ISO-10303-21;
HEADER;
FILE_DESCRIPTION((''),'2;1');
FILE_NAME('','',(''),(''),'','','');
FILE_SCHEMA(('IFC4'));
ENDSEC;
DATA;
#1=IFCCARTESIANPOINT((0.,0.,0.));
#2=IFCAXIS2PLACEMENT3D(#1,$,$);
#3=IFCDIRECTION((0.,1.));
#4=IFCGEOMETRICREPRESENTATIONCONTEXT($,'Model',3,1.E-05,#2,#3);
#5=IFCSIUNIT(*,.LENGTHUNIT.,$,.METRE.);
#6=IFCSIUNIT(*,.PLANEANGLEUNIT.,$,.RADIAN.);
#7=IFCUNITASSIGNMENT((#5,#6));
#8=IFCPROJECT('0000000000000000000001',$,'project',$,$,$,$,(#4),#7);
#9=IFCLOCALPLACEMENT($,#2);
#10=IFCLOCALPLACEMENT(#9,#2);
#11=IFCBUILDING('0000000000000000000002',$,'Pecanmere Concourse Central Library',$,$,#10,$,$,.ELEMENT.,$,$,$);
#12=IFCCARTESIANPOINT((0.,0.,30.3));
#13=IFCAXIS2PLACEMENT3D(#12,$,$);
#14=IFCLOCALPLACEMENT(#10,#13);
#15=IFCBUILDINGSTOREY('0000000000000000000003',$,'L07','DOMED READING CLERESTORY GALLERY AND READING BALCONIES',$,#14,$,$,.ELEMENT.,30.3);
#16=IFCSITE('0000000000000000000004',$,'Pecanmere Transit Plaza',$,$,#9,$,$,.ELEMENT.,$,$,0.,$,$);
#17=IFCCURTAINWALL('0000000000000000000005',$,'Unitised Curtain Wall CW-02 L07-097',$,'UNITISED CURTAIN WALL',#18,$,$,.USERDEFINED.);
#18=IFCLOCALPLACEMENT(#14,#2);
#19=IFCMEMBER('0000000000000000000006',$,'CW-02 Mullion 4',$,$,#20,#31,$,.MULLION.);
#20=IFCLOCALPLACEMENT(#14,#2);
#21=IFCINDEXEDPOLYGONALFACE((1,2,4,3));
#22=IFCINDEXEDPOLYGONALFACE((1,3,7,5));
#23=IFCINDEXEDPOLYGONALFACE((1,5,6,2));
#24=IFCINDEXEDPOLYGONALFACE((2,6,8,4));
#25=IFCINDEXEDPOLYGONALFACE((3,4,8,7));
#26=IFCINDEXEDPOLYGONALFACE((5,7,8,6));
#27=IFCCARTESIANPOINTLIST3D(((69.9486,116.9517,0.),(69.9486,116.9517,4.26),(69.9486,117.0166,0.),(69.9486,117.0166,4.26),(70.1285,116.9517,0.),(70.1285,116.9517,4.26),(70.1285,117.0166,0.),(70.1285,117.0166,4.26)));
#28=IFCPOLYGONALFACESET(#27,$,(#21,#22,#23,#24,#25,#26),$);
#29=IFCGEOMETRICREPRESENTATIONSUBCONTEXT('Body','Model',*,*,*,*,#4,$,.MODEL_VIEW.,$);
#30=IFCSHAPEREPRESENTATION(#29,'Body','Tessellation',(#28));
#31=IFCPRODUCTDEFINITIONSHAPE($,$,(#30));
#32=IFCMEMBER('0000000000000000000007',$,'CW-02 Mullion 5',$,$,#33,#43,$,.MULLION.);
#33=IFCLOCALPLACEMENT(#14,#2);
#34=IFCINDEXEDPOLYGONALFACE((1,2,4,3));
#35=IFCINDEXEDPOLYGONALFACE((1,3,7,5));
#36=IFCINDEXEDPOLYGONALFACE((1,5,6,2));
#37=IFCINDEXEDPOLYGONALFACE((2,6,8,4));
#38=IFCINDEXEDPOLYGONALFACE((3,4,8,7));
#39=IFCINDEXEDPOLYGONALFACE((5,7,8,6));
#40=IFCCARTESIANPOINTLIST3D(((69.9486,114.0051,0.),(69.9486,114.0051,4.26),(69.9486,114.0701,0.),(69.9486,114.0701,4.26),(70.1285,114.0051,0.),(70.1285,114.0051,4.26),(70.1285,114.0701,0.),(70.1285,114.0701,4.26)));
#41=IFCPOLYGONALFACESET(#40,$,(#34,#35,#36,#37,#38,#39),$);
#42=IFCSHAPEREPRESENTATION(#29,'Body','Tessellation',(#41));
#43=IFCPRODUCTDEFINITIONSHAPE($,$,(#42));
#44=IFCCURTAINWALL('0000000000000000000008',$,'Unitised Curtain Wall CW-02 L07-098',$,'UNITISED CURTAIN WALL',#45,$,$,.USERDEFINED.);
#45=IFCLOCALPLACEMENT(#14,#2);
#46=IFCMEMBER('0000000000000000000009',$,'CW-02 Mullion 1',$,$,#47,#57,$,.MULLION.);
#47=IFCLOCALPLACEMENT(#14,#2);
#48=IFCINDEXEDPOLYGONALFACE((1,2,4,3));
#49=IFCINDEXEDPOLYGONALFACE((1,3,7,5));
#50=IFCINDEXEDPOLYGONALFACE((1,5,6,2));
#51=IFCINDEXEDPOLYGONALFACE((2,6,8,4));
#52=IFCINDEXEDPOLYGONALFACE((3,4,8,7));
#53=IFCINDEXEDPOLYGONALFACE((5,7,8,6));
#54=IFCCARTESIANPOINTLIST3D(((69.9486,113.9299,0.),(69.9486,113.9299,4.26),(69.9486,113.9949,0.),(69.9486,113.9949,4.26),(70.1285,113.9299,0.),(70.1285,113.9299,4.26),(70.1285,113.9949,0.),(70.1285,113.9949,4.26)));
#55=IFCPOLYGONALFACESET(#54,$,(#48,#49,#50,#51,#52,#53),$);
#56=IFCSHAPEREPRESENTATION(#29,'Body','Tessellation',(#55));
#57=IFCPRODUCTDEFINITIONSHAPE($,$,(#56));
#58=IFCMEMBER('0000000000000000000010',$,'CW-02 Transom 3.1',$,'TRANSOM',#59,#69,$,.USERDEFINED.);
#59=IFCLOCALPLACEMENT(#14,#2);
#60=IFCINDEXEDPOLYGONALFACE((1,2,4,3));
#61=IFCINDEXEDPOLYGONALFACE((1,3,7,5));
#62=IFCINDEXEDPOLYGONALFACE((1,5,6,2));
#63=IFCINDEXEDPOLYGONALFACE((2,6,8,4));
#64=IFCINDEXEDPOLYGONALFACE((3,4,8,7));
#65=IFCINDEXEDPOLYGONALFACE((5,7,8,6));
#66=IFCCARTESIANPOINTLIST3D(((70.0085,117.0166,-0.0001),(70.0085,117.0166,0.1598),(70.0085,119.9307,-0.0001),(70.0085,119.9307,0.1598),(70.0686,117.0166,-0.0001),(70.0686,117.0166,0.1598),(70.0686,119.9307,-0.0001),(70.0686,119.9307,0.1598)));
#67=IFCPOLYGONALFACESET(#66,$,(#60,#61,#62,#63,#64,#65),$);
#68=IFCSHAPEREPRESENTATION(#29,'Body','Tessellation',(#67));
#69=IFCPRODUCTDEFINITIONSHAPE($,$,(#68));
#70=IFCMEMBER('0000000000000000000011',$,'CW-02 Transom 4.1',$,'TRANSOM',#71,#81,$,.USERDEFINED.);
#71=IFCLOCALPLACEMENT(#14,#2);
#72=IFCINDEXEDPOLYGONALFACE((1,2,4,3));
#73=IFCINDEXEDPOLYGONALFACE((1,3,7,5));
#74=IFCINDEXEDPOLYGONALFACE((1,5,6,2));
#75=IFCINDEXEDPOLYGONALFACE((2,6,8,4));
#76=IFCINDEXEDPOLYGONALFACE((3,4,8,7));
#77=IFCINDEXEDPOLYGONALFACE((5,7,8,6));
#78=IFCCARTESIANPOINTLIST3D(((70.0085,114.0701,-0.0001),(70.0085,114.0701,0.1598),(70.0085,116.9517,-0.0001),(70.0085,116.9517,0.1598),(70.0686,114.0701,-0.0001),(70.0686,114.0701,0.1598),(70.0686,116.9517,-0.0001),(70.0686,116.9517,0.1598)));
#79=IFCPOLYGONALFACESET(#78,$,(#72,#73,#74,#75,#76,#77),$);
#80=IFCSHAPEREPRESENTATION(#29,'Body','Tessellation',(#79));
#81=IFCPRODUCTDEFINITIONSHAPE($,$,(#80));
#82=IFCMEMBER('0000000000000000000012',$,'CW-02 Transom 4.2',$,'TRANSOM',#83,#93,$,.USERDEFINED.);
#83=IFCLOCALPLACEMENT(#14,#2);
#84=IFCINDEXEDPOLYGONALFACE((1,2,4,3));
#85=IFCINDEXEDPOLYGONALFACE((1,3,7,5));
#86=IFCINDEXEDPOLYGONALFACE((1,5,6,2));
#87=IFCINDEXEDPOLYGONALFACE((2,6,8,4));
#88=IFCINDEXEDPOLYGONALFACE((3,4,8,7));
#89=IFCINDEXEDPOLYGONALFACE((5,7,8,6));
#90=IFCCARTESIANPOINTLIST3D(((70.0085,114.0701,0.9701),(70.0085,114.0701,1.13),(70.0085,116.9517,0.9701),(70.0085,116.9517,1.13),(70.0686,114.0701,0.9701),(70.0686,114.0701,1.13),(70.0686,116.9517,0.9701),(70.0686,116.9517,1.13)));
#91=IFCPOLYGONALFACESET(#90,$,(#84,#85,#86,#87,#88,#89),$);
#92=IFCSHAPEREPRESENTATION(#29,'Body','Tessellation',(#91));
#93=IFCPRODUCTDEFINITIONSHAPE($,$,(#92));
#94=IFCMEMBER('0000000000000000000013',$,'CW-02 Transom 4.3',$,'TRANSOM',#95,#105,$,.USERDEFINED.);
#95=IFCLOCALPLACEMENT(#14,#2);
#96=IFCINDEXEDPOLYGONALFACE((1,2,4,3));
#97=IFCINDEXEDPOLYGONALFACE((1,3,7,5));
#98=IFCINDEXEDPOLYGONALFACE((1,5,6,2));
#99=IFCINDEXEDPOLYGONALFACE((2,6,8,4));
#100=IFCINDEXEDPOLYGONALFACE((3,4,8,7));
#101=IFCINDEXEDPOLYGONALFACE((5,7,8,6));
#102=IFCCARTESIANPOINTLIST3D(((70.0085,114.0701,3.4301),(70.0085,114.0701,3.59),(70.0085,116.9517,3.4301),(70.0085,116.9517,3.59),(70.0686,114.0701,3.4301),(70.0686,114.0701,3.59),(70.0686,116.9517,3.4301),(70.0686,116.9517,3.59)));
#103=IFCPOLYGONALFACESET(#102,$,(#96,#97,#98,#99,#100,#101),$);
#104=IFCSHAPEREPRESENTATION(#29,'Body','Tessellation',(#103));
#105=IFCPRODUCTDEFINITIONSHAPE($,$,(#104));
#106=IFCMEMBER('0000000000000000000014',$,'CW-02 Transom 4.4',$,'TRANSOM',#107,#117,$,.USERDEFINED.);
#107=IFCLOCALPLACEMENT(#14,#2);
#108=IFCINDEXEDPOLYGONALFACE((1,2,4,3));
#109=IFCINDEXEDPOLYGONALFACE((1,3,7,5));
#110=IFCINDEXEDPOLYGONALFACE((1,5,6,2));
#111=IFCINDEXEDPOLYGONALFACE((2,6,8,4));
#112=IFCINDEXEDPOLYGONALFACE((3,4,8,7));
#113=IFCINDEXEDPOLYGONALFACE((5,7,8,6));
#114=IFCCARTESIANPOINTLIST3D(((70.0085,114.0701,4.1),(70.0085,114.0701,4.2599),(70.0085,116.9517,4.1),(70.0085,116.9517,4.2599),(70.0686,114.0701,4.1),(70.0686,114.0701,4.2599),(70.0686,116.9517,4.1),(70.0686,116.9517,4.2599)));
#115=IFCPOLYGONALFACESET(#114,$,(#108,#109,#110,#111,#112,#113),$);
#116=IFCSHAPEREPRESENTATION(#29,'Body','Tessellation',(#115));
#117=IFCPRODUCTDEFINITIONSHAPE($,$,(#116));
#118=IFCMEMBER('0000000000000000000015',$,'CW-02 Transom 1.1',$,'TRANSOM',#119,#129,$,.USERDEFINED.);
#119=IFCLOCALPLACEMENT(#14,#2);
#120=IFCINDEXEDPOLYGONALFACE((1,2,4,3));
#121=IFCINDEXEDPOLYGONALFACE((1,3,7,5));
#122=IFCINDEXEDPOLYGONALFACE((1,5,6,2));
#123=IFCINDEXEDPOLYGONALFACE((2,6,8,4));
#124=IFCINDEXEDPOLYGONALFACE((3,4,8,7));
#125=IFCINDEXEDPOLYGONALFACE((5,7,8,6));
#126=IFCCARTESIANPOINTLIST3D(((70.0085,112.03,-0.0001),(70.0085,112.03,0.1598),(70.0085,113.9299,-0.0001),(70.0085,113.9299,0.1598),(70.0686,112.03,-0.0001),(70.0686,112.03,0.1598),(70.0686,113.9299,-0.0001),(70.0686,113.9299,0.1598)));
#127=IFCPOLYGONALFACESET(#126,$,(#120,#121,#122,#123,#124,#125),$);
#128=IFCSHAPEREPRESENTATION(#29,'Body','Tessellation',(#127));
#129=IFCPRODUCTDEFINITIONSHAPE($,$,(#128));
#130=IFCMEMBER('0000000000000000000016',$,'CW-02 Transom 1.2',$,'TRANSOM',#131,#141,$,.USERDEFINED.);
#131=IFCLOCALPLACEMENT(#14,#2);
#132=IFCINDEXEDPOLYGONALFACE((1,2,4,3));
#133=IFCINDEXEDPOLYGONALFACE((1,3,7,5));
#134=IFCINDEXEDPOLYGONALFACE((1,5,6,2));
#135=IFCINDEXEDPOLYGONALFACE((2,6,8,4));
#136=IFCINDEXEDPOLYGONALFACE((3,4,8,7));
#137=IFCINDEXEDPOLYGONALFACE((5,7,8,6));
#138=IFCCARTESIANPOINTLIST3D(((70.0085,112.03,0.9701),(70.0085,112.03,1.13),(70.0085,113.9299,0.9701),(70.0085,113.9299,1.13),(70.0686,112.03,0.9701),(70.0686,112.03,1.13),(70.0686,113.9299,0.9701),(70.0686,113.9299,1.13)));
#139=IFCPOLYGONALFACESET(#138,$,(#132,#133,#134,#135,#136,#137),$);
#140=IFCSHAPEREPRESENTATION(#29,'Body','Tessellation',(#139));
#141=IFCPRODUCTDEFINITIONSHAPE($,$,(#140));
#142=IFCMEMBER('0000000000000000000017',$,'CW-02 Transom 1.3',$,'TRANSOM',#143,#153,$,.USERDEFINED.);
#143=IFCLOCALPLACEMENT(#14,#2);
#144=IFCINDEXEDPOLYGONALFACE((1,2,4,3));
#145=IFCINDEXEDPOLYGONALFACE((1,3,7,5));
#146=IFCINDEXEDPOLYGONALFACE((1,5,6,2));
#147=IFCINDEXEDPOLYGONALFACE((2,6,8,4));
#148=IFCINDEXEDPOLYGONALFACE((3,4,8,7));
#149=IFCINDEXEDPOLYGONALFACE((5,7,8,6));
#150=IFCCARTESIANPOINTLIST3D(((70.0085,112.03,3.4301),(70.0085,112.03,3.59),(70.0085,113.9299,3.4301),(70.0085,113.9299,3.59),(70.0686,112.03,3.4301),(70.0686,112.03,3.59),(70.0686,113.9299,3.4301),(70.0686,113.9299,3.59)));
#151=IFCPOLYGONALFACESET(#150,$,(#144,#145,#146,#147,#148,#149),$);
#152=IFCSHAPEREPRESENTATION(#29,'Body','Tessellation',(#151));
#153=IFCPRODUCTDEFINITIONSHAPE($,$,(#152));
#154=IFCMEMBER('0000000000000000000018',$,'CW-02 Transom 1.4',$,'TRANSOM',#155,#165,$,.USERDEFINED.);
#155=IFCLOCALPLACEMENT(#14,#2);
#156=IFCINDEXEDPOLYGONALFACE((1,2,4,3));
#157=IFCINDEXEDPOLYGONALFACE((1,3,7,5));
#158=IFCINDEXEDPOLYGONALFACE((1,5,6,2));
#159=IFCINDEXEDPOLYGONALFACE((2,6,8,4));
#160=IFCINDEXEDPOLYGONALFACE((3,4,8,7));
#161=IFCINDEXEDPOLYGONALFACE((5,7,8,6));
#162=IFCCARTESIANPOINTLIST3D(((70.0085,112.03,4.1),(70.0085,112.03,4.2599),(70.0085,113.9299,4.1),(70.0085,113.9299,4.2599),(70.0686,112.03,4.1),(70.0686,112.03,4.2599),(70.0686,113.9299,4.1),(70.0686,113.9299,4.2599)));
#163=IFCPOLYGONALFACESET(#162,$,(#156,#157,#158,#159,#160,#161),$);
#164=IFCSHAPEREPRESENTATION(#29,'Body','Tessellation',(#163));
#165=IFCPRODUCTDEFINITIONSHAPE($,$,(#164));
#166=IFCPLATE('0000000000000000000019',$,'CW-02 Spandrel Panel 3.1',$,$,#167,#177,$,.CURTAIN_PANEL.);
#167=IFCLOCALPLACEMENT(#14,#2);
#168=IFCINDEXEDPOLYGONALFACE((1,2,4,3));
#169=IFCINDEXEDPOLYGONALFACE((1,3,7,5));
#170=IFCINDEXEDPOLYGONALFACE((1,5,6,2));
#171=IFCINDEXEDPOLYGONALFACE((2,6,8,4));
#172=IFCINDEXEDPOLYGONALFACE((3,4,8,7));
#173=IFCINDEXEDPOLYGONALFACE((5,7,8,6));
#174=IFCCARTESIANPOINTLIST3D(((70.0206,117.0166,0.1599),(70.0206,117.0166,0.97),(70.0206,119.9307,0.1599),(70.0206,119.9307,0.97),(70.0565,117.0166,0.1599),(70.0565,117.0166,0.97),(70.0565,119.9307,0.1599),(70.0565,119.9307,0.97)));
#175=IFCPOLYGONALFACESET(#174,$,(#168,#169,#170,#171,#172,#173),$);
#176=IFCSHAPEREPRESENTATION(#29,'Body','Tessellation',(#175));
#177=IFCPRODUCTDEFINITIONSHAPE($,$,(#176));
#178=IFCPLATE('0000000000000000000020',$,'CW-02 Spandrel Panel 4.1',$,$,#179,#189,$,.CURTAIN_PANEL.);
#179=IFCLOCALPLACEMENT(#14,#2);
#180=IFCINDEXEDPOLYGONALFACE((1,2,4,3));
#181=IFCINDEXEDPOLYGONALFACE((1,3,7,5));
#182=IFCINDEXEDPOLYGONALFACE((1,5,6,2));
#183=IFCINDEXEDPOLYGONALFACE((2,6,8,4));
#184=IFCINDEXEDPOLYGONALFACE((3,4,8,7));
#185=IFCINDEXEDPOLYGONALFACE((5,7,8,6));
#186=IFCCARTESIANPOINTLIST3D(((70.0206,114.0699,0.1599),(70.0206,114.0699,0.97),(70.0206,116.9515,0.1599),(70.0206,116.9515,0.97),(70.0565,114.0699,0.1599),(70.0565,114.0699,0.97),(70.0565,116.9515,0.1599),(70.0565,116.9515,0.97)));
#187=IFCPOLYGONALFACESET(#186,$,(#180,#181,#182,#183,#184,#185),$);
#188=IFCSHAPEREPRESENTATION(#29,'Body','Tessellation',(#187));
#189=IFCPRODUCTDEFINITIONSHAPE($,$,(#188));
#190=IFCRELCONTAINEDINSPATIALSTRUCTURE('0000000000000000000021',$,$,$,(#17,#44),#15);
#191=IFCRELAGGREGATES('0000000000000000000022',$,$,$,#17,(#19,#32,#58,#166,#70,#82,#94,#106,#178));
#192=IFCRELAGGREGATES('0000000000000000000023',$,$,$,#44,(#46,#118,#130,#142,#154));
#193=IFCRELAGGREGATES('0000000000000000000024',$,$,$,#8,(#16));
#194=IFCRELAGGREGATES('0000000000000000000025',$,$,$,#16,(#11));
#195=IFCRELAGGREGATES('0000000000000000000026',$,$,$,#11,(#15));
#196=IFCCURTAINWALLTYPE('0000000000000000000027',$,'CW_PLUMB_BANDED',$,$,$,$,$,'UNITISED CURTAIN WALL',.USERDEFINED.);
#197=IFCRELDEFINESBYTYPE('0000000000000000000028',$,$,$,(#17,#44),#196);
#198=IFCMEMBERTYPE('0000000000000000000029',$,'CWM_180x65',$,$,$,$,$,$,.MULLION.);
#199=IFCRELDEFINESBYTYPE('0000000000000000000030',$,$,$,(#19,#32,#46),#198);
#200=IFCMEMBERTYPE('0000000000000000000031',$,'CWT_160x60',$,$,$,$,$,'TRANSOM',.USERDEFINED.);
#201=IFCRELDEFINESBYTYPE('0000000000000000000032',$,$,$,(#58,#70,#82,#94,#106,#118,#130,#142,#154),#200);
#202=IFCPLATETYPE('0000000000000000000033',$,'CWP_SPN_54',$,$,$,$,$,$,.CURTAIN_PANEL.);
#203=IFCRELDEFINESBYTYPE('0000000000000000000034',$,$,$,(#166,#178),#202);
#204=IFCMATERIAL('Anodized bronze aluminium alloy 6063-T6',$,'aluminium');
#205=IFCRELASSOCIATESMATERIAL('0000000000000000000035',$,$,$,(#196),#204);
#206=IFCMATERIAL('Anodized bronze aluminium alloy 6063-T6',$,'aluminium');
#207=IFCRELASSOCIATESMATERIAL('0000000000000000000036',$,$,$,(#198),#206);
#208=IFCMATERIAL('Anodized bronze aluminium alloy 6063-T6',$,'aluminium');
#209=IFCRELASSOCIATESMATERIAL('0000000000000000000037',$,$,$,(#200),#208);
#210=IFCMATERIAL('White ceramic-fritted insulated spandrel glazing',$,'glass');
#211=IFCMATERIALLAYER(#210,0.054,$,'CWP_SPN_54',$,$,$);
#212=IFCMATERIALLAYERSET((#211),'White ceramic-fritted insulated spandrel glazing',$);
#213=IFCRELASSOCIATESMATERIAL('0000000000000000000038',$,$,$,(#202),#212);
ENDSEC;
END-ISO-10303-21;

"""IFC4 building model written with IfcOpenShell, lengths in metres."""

from ifc_helpers import new_model, si_unit, direction, frame, origin, origin_2d, place, context, subcontext, project, spatial, rectangle, extrude, material, layer, layer_set, material_profile, profile_set, type_object, element, aggregate, save


model = new_model("IFC4")

# Units and contexts
model_context = context("Model", 3, precision=1e-05, world=origin(), true_north=direction((0.0, 1.0)))
body_context = subcontext(model_context, "Body", "Model", "MODEL_VIEW")
ifc_project = project(units=[si_unit("LENGTHUNIT", "METRE"), si_unit("PLANEANGLEUNIT", "RADIAN")], contexts=[model_context])

# Site, building, storey
site_placement = place(None, origin())
site = spatial("IfcSite", under=ifc_project, at=site_placement, Name="Pecanmere Transit Plaza", CompositionType="ELEMENT", RefElevation=0.0)
building_placement = place(site_placement, origin())
building = spatial("IfcBuilding", under=site, at=building_placement, Name="Pecanmere Concourse Central Library", CompositionType="ELEMENT")
storey_placement = place(building_placement, frame((0.0, 0.0, 30.3)))
storey = spatial("IfcBuildingStorey", under=building, at=storey_placement, Name="L07", Description="DOMED READING CLERESTORY GALLERY AND READING BALCONIES", CompositionType="ELEMENT", Elevation=30.3)

# Curtain wall, members
ifc_material_1 = material(Name="Anodized bronze aluminium alloy 6063-T6", Category="aluminium")
curtain_wall_type = type_object("IfcCurtainWallType", Name="CW_PLUMB_BANDED", ElementType="UNITISED CURTAIN WALL", PredefinedType="USERDEFINED", material=ifc_material_1)
curtain_wall_1_placement = place(storey_placement, origin())
curtain_wall_1 = element("IfcCurtainWall", 1, at=curtain_wall_1_placement, inside=storey, type_object=curtain_wall_type, Name="Unitised Curtain Wall CW-02 L07-097", ObjectType="UNITISED CURTAIN WALL", PredefinedType="USERDEFINED")
ifc_material_2 = material(Name="Anodized bronze aluminium alloy 6063-T6", Category="aluminium")
ifc_material_profile_1 = material_profile(ifc_material_2, rectangle(XDim=0.0649, YDim=0.1799, at=origin_2d()), Name="AL 65x180")
ifc_profile_set_1 = profile_set([ifc_material_profile_1], Name="Anodized bronze aluminium alloy 6063-T6")
member_type_1 = type_object("IfcMemberType", Name="CWM_180x65", PredefinedType="MULLION", material=ifc_profile_set_1)
member_1_placement = place(storey_placement, frame((70.0386, 116.9841, 0.0), z_axis=(0.0, 0.0, 1.0), x_axis=(0.0, -1.0, 0.0)))
member_1 = element("IfcMember", 2, at=member_1_placement, type_object=member_type_1, Name="CW-02 Mullion 4", PredefinedType="MULLION", context=body_context, shape_type="SweptSolid", body=[
    extrude(rectangle(XDim=0.0649, YDim=0.1799, at=origin_2d()), origin(), (0.0, 0.0, 1.0), 4.26),
])
member_2_placement = place(storey_placement, frame((70.0386, 114.0376, 0.0), z_axis=(0.0, 0.0, 1.0), x_axis=(0.0, -1.0, 0.0)))
member_2 = element("IfcMember", 3, at=member_2_placement, type_object=member_type_1, Name="CW-02 Mullion 5", PredefinedType="MULLION", context=body_context, shape_type="SweptSolid", body=[
    extrude(rectangle(XDim=0.0649, YDim=0.1799, at=origin_2d()), origin(), (0.0, 0.0, 1.0), 4.26),
])

# Curtain wall, member
curtain_wall_2_placement = place(storey_placement, origin())
curtain_wall_2 = element("IfcCurtainWall", 4, at=curtain_wall_2_placement, inside=storey, type_object=curtain_wall_type, Name="Unitised Curtain Wall CW-02 L07-098", ObjectType="UNITISED CURTAIN WALL", PredefinedType="USERDEFINED")
member_3_placement = place(storey_placement, frame((70.0386, 113.9624, 0.0), z_axis=(0.0, 0.0, 1.0), x_axis=(0.0, -1.0, 0.0)))
member_3 = element("IfcMember", 5, at=member_3_placement, type_object=member_type_1, Name="CW-02 Mullion 1", PredefinedType="MULLION", context=body_context, shape_type="SweptSolid", body=[
    extrude(rectangle(XDim=0.0649, YDim=0.1799, at=origin_2d()), origin(), (0.0, 0.0, 1.0), 4.26),
])

# Members
ifc_material_3 = material(Name="Anodized bronze aluminium alloy 6063-T6", Category="aluminium")
ifc_material_profile_2 = material_profile(ifc_material_3, rectangle(XDim=0.0601, YDim=0.1599, at=origin_2d()), Name="AL 60x160")
ifc_profile_set_2 = profile_set([ifc_material_profile_2], Name="Anodized bronze aluminium alloy 6063-T6")
member_type_2 = type_object("IfcMemberType", Name="CWT_160x60", ElementType="TRANSOM", PredefinedType="USERDEFINED", material=ifc_profile_set_2)
member_4_placement = place(storey_placement, frame((70.0386, 119.9307, 0.0798), z_axis=(0.0, -1.0, 0.0), x_axis=(1.0, 0.0, 0.0)))
member_4 = element("IfcMember", 6, at=member_4_placement, type_object=member_type_2, Name="CW-02 Transom 3.1", ObjectType="TRANSOM", PredefinedType="USERDEFINED", context=body_context, shape_type="SweptSolid", body=[
    extrude(rectangle(XDim=0.0601, YDim=0.1599, at=origin_2d()), origin(), (0.0, 0.0, 1.0), 2.9141),
])
member_5_placement = place(storey_placement, frame((70.0386, 116.9517, 0.0798), z_axis=(0.0, -1.0, 0.0), x_axis=(1.0, 0.0, 0.0)))
member_5 = element("IfcMember", 7, at=member_5_placement, type_object=member_type_2, Name="CW-02 Transom 4.1", ObjectType="TRANSOM", PredefinedType="USERDEFINED", context=body_context, shape_type="SweptSolid", body=[
    extrude(rectangle(XDim=0.0601, YDim=0.1599, at=origin_2d()), origin(), (0.0, 0.0, 1.0), 2.8816),
])
member_6_placement = place(storey_placement, frame((70.0386, 116.9517, 1.05), z_axis=(0.0, -1.0, 0.0), x_axis=(1.0, 0.0, 0.0)))
member_6 = element("IfcMember", 8, at=member_6_placement, type_object=member_type_2, Name="CW-02 Transom 4.2", ObjectType="TRANSOM", PredefinedType="USERDEFINED", context=body_context, shape_type="SweptSolid", body=[
    extrude(rectangle(XDim=0.0601, YDim=0.1599, at=origin_2d()), origin(), (0.0, 0.0, 1.0), 2.8816),
])
member_7_placement = place(storey_placement, frame((70.0386, 116.9517, 3.51), z_axis=(0.0, -1.0, 0.0), x_axis=(1.0, 0.0, 0.0)))
member_7 = element("IfcMember", 9, at=member_7_placement, type_object=member_type_2, Name="CW-02 Transom 4.3", ObjectType="TRANSOM", PredefinedType="USERDEFINED", context=body_context, shape_type="SweptSolid", body=[
    extrude(rectangle(XDim=0.0601, YDim=0.1599, at=origin_2d()), origin(), (0.0, 0.0, 1.0), 2.8816),
])
member_8_placement = place(storey_placement, frame((70.0386, 116.9517, 4.1799), z_axis=(0.0, -1.0, 0.0), x_axis=(1.0, 0.0, 0.0)))
member_8 = element("IfcMember", 10, at=member_8_placement, type_object=member_type_2, Name="CW-02 Transom 4.4", ObjectType="TRANSOM", PredefinedType="USERDEFINED", context=body_context, shape_type="SweptSolid", body=[
    extrude(rectangle(XDim=0.0601, YDim=0.1599, at=origin_2d()), origin(), (0.0, 0.0, 1.0), 2.8816),
])
member_9_placement = place(storey_placement, frame((70.0386, 113.9299, 0.0798), z_axis=(0.0, -1.0, 0.0), x_axis=(1.0, 0.0, 0.0)))
member_9 = element("IfcMember", 11, at=member_9_placement, type_object=member_type_2, Name="CW-02 Transom 1.1", ObjectType="TRANSOM", PredefinedType="USERDEFINED", context=body_context, shape_type="SweptSolid", body=[
    extrude(rectangle(XDim=0.0601, YDim=0.1599, at=origin_2d()), origin(), (0.0, 0.0, 1.0), 1.8999),
])
member_10_placement = place(storey_placement, frame((70.0386, 113.9299, 1.05), z_axis=(0.0, -1.0, 0.0), x_axis=(1.0, 0.0, 0.0)))
member_10 = element("IfcMember", 12, at=member_10_placement, type_object=member_type_2, Name="CW-02 Transom 1.2", ObjectType="TRANSOM", PredefinedType="USERDEFINED", context=body_context, shape_type="SweptSolid", body=[
    extrude(rectangle(XDim=0.0601, YDim=0.1599, at=origin_2d()), origin(), (0.0, 0.0, 1.0), 1.8999),
])
member_11_placement = place(storey_placement, frame((70.0386, 113.9299, 3.51), z_axis=(0.0, -1.0, 0.0), x_axis=(1.0, 0.0, 0.0)))
member_11 = element("IfcMember", 13, at=member_11_placement, type_object=member_type_2, Name="CW-02 Transom 1.3", ObjectType="TRANSOM", PredefinedType="USERDEFINED", context=body_context, shape_type="SweptSolid", body=[
    extrude(rectangle(XDim=0.0601, YDim=0.1599, at=origin_2d()), origin(), (0.0, 0.0, 1.0), 1.8999),
])
member_12_placement = place(storey_placement, frame((70.0386, 113.9299, 4.1799), z_axis=(0.0, -1.0, 0.0), x_axis=(1.0, 0.0, 0.0)))
member_12 = element("IfcMember", 14, at=member_12_placement, type_object=member_type_2, Name="CW-02 Transom 1.4", ObjectType="TRANSOM", PredefinedType="USERDEFINED", context=body_context, shape_type="SweptSolid", body=[
    extrude(rectangle(XDim=0.0601, YDim=0.1599, at=origin_2d()), origin(), (0.0, 0.0, 1.0), 1.8999),
])

# Plates
ifc_material_4 = material(Name="White ceramic-fritted insulated spandrel glazing", Category="glass")
ifc_layer_1 = layer(ifc_material_4, 0.054, Name="CWP_SPN_54")
ifc_layer_set_1 = layer_set([ifc_layer_1], Name="White ceramic-fritted insulated spandrel glazing")
plate_type_1 = type_object("IfcPlateType", Name="CWP_SPN_54", PredefinedType="CURTAIN_PANEL", material=ifc_layer_set_1)
plate_1_placement = place(storey_placement, frame((70.0386, 118.4736, 0.1599), z_axis=(0.0, 0.0, 1.0), x_axis=(0.0, -1.0, 0.0)))
plate_1 = element("IfcPlate", 15, at=plate_1_placement, type_object=plate_type_1, Name="CW-02 Spandrel Panel 3.1", PredefinedType="CURTAIN_PANEL", context=body_context, shape_type="SweptSolid", body=[
    extrude(rectangle(XDim=2.9141, YDim=0.0359, at=origin_2d()), origin(), (0.0, 0.0, 1.0), 0.8101),
])
plate_2_placement = place(storey_placement, frame((70.0386, 115.5107, 0.1599), z_axis=(0.0, 0.0, 1.0), x_axis=(0.0, -1.0, 0.0)))
plate_2 = element("IfcPlate", 16, at=plate_2_placement, type_object=plate_type_1, Name="CW-02 Spandrel Panel 4.1", PredefinedType="CURTAIN_PANEL", context=body_context, shape_type="SweptSolid", body=[
    extrude(rectangle(XDim=2.8816, YDim=0.0359, at=origin_2d()), origin(), (0.0, 0.0, 1.0), 0.8101),
])
aggregate(curtain_wall_1, [member_1, member_2, member_4, plate_1, member_5, member_6, member_7, member_8, plate_2])
aggregate(curtain_wall_2, [member_3, member_9, member_10, member_11, member_12])

save(model, "model.ifc")
